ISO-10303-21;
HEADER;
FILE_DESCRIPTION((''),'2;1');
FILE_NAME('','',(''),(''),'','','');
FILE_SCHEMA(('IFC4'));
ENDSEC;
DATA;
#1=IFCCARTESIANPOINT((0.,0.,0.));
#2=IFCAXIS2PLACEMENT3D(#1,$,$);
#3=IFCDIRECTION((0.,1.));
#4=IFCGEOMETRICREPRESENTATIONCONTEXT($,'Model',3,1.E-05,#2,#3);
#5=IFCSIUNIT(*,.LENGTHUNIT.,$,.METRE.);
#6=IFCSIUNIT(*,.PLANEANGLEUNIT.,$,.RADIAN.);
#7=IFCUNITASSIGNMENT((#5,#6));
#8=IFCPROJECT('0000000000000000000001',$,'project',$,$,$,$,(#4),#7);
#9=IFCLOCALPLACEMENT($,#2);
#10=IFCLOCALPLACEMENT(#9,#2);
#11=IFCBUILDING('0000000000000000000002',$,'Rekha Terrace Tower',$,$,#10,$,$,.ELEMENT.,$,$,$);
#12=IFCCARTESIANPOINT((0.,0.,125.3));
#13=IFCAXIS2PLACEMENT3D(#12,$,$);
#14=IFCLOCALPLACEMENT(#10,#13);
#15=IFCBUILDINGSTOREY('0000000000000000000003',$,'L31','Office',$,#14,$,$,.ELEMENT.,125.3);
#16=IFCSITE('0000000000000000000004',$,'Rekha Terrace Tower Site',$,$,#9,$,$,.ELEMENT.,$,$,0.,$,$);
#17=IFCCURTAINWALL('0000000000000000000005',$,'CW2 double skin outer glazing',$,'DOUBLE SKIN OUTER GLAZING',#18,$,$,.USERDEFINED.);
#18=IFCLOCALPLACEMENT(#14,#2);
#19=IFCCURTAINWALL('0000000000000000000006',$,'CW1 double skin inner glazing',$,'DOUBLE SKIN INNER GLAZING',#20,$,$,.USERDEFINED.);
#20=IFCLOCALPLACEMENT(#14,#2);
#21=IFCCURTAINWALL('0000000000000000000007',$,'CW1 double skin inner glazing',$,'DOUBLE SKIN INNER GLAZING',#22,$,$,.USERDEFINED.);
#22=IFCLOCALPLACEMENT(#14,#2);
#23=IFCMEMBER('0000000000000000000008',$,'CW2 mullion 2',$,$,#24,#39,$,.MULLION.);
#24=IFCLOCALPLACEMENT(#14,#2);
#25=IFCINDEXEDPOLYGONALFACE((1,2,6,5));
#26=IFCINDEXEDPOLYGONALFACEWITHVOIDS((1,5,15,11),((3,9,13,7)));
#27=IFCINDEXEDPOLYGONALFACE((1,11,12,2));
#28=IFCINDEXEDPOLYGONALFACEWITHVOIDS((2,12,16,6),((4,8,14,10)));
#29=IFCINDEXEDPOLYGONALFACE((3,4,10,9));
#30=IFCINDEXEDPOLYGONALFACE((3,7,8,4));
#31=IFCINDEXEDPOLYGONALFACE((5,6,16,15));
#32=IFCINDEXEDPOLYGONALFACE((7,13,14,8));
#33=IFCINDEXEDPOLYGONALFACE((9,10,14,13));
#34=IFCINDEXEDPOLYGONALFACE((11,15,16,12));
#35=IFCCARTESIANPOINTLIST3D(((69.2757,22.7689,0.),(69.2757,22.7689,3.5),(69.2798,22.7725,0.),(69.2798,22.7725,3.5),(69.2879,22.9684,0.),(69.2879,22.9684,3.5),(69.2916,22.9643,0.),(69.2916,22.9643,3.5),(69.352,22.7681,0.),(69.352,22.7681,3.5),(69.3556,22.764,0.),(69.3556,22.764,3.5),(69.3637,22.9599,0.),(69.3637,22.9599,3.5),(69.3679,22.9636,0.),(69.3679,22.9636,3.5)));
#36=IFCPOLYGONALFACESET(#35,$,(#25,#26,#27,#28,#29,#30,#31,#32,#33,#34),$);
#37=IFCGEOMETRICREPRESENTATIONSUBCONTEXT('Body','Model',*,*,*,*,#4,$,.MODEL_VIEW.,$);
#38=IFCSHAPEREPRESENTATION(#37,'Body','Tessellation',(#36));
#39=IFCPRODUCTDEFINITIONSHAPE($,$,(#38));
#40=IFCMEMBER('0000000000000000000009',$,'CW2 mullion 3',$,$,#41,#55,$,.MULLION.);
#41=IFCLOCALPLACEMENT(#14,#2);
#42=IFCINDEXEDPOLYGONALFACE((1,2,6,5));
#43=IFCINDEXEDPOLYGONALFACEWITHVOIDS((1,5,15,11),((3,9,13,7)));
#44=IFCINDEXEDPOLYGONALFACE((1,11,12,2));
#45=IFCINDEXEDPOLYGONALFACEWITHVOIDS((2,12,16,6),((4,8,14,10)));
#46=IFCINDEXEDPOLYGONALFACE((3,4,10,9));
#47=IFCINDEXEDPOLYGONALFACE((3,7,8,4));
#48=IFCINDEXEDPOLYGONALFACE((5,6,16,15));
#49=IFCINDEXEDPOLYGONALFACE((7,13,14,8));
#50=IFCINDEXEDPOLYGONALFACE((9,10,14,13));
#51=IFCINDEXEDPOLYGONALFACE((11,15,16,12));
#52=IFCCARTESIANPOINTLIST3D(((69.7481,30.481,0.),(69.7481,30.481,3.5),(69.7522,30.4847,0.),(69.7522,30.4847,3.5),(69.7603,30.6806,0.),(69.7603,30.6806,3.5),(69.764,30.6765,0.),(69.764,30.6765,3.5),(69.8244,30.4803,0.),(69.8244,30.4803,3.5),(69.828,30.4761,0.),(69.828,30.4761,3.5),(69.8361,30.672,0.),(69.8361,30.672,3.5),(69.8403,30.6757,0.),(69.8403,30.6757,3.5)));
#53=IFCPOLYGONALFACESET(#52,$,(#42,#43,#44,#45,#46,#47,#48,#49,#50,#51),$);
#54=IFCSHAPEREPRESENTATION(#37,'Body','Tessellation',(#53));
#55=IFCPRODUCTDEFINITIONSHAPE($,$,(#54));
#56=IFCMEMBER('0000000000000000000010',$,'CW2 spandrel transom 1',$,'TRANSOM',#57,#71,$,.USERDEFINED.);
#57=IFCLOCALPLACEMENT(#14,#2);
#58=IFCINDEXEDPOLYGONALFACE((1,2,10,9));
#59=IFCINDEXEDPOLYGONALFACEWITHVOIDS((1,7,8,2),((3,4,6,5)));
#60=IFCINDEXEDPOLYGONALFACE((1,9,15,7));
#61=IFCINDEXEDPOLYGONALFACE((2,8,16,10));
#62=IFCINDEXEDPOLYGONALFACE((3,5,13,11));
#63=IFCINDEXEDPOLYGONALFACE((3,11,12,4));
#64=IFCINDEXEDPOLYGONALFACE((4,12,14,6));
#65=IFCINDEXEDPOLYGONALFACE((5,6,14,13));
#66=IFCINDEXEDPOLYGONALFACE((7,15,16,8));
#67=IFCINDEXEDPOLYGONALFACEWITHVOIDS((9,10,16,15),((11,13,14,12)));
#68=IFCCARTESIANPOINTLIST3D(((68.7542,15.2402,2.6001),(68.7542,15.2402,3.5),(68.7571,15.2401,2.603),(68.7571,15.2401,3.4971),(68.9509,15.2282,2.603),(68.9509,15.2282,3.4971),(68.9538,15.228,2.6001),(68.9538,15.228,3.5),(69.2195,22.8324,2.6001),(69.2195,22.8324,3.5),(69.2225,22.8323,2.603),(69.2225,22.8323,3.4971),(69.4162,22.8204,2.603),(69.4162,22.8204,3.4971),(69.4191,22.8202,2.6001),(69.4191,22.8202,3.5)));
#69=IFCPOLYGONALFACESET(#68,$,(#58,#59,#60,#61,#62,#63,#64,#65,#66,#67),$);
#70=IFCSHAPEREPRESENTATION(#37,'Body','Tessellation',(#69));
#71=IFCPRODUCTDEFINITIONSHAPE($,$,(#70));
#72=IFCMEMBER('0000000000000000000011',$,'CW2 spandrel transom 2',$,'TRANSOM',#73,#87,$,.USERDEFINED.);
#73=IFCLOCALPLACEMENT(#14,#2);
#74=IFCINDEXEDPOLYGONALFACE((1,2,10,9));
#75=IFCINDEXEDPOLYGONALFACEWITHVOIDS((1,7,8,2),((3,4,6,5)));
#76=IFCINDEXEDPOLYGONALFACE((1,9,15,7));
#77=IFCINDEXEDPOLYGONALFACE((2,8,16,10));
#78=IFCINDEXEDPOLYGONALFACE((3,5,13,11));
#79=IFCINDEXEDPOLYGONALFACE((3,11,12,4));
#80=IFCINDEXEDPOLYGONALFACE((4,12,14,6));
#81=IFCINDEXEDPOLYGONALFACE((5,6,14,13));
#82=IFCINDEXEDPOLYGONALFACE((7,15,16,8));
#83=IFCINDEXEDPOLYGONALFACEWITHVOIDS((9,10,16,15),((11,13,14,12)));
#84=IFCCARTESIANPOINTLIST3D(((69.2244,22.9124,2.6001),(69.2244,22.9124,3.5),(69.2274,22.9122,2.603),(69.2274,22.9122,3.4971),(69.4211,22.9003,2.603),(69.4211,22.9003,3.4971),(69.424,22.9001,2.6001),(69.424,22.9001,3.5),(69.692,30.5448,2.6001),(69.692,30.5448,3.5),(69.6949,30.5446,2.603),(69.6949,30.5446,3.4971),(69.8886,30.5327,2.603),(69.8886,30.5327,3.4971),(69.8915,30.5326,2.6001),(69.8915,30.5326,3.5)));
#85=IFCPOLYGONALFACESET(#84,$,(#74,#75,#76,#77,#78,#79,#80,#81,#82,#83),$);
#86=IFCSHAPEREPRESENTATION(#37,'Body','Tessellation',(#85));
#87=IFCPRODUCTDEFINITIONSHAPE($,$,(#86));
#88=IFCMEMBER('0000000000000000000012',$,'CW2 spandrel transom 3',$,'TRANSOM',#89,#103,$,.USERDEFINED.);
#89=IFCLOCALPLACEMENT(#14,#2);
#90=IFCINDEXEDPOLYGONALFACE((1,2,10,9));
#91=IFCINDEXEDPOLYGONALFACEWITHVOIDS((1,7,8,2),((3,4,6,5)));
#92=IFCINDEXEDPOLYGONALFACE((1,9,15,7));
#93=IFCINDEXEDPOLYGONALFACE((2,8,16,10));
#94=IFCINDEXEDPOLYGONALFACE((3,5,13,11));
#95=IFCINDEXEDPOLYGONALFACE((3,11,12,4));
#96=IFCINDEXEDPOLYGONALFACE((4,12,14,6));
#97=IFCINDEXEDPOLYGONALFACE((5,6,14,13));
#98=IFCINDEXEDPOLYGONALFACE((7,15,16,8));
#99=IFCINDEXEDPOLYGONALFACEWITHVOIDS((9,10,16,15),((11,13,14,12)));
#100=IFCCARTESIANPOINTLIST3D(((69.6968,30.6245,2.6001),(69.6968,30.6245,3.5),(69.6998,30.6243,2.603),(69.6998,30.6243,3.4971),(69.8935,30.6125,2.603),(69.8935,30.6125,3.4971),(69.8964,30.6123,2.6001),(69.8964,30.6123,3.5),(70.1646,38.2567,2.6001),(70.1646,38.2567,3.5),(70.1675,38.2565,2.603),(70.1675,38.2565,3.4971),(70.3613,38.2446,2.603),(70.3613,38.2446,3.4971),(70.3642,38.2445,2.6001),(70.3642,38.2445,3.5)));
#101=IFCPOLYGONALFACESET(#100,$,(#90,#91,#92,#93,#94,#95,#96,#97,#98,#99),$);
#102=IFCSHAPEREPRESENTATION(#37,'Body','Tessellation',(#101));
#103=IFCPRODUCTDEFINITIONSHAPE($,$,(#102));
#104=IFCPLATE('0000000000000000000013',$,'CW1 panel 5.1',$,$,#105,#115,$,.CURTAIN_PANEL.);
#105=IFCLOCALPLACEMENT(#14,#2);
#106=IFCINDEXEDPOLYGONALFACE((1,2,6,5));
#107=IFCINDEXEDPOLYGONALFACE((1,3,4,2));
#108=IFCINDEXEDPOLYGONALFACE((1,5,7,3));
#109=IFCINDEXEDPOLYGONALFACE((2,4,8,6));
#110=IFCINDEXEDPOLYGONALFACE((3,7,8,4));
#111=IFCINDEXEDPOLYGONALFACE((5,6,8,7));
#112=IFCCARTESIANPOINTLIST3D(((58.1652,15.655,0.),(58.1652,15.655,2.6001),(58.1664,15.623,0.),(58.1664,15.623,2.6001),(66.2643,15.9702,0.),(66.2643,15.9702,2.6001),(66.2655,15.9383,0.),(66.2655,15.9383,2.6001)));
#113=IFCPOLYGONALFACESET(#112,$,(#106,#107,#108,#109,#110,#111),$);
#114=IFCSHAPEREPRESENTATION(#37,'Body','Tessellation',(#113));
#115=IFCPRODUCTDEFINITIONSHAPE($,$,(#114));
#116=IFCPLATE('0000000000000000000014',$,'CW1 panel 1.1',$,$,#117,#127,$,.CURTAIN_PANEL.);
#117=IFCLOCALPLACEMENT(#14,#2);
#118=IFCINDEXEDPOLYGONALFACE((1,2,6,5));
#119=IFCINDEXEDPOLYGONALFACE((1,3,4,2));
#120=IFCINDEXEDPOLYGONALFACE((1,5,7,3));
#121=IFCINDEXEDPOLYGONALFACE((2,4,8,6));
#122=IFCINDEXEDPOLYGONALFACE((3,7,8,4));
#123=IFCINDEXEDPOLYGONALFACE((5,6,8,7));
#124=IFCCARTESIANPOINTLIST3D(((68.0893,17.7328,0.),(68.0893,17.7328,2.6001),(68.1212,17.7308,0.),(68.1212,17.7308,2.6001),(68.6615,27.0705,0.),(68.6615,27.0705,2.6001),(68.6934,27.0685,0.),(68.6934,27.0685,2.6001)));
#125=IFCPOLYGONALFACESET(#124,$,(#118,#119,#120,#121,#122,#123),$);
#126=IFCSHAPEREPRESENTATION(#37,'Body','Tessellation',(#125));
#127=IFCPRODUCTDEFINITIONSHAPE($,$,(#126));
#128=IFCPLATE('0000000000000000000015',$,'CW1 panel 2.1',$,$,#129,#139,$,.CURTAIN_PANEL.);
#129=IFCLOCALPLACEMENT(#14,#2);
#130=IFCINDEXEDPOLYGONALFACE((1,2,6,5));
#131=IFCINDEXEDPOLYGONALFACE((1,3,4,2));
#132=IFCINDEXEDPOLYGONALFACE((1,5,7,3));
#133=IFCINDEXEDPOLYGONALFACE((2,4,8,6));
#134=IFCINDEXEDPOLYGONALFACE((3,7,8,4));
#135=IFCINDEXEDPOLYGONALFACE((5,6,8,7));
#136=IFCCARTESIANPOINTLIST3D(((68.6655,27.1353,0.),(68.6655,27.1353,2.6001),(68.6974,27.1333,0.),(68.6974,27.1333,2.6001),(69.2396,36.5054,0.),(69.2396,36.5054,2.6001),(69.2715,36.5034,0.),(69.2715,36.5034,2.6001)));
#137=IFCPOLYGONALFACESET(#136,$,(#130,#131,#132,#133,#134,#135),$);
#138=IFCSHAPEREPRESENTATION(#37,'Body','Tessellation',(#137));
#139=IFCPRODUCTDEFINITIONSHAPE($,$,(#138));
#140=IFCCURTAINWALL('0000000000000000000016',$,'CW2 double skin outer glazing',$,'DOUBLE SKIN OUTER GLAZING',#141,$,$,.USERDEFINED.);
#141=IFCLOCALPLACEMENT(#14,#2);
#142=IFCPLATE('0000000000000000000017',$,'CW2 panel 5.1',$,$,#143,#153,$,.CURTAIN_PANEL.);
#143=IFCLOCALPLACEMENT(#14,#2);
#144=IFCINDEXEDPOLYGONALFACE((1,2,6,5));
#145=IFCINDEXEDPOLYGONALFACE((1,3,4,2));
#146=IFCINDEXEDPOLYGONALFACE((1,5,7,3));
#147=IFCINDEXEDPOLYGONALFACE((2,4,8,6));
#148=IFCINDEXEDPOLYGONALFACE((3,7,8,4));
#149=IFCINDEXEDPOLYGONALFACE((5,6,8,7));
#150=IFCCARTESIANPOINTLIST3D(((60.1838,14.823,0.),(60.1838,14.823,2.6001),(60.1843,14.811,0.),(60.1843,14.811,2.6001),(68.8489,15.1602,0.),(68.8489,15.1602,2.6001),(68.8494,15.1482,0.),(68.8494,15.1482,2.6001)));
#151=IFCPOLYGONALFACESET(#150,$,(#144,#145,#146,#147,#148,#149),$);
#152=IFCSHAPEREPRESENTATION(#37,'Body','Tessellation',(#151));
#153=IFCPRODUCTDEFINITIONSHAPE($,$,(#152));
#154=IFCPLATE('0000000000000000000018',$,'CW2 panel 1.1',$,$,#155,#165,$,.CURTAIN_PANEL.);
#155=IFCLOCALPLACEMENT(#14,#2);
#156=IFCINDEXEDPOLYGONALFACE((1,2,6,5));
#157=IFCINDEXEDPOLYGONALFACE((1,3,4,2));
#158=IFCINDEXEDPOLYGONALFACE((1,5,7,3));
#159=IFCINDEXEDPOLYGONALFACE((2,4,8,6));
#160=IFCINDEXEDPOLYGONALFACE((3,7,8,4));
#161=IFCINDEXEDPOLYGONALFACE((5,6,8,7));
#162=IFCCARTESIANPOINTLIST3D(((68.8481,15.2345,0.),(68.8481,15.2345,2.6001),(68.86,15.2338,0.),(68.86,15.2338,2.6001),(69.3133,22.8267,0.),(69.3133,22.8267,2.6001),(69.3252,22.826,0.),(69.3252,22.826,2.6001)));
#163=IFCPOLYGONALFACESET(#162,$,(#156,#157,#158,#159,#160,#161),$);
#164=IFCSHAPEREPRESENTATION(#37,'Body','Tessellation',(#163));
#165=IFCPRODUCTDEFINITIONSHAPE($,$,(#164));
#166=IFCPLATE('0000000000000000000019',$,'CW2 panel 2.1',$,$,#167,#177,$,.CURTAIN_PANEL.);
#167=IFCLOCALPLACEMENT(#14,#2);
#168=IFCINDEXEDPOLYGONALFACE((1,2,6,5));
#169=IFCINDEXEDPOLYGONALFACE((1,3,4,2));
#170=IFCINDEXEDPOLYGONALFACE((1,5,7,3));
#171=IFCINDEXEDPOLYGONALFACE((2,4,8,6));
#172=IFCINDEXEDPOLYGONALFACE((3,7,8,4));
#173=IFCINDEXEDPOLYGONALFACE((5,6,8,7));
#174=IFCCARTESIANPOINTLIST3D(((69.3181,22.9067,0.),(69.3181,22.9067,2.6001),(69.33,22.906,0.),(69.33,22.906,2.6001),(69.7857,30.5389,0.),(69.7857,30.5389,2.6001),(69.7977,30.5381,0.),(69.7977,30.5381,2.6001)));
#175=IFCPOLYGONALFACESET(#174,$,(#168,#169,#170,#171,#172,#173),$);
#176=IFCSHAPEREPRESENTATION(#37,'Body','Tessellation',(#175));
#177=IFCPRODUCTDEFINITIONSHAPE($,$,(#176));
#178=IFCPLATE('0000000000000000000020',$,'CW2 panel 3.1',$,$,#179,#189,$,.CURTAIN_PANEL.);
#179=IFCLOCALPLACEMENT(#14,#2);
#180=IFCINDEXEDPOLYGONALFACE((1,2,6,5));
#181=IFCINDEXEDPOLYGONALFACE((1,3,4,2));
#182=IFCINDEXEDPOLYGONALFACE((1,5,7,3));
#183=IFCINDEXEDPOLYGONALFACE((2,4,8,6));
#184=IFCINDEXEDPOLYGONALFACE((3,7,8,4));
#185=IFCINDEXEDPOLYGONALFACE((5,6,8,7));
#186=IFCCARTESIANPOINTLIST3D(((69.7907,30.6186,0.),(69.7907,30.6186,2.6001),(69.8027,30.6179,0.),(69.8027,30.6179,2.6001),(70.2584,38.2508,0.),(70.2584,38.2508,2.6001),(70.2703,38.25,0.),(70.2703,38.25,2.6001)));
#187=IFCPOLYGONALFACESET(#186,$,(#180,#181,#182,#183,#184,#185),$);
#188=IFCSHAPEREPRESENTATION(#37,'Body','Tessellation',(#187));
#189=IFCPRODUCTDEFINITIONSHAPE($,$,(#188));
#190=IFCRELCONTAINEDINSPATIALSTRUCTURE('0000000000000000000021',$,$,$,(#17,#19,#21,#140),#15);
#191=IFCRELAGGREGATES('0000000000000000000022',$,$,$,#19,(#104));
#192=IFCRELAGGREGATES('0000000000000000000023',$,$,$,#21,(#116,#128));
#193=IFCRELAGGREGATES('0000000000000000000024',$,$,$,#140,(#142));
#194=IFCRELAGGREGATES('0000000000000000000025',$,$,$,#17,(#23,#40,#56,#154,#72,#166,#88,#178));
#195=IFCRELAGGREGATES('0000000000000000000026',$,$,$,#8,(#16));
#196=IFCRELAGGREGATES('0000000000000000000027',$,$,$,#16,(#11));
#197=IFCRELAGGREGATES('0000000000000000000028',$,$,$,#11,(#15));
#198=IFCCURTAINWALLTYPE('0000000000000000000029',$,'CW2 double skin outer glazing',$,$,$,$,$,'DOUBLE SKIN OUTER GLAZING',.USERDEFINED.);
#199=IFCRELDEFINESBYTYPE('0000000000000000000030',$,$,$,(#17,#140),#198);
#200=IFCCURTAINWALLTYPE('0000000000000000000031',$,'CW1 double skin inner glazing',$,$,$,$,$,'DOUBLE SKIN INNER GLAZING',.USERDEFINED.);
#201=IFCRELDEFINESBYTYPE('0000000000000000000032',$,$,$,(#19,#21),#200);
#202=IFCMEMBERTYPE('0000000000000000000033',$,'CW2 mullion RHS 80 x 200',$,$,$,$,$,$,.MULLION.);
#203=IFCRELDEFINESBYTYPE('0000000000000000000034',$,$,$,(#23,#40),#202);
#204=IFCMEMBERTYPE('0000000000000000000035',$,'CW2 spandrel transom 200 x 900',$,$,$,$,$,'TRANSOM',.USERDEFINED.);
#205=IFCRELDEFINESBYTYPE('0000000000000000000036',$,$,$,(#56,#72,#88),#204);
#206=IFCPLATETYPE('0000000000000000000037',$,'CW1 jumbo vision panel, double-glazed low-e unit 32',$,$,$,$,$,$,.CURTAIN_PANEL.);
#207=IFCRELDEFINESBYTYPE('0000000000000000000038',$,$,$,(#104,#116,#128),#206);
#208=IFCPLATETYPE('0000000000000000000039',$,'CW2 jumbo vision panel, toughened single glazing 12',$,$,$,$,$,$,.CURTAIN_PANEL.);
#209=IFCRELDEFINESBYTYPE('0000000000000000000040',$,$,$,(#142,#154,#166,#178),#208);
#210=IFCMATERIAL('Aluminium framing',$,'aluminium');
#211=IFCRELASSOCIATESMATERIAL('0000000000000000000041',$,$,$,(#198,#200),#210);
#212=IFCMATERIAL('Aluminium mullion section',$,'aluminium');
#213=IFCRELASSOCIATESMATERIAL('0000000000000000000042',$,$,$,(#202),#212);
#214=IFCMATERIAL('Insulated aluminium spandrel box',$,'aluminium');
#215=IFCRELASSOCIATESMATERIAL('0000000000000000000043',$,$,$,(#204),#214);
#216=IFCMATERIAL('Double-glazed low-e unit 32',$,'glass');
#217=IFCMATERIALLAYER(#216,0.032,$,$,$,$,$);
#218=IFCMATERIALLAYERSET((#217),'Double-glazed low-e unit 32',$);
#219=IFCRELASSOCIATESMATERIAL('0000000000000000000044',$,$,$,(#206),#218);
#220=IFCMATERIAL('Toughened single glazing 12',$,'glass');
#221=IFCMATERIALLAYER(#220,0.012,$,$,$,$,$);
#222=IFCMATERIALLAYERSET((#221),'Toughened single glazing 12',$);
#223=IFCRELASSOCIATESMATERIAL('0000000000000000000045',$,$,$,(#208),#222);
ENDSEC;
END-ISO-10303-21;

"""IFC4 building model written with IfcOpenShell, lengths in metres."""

from ifc_helpers import new_model, si_unit, direction, frame, origin, origin_2d, place, context, subcontext, project, spatial, rectangle, hollow_rectangle, extrude, material, layer, layer_set, material_profile, profile_set, type_object, element, aggregate, save


model = new_model("IFC4")

# Units and contexts
model_context = context("Model", 3, precision=1e-05, world=origin(), true_north=direction((0.0, 1.0)))
body_context = subcontext(model_context, "Body", "Model", "MODEL_VIEW")
ifc_project = project(units=[si_unit("LENGTHUNIT", "METRE"), si_unit("PLANEANGLEUNIT", "RADIAN")], contexts=[model_context])

# Site, building, storey
site_placement = place(None, origin())
site = spatial("IfcSite", under=ifc_project, at=site_placement, Name="Rekha Terrace Tower Site", CompositionType="ELEMENT", RefElevation=0.0)
building_placement = place(site_placement, origin())
building = spatial("IfcBuilding", under=site, at=building_placement, Name="Rekha Terrace Tower", CompositionType="ELEMENT")
storey_placement = place(building_placement, frame((0.0, 0.0, 125.3)))
storey = spatial("IfcBuildingStorey", under=building, at=storey_placement, Name="L31", Description="Office", CompositionType="ELEMENT", Elevation=125.3)

# Curtain wall
ifc_material_1 = material(Name="Aluminium framing", Category="aluminium")
curtain_wall_type_1 = type_object("IfcCurtainWallType", Name="CW2 double skin outer glazing", ElementType="DOUBLE SKIN OUTER GLAZING", PredefinedType="USERDEFINED", material=ifc_material_1)
curtain_wall_1_placement = place(storey_placement, origin())
curtain_wall_1 = element("IfcCurtainWall", 1, at=curtain_wall_1_placement, inside=storey, type_object=curtain_wall_type_1, Name="CW2 double skin outer glazing", ObjectType="DOUBLE SKIN OUTER GLAZING", PredefinedType="USERDEFINED")

# Curtain wall
curtain_wall_type_2 = type_object("IfcCurtainWallType", Name="CW1 double skin inner glazing", ElementType="DOUBLE SKIN INNER GLAZING", PredefinedType="USERDEFINED", material=ifc_material_1)
curtain_wall_2_placement = place(storey_placement, origin())
curtain_wall_2 = element("IfcCurtainWall", 2, at=curtain_wall_2_placement, inside=storey, type_object=curtain_wall_type_2, Name="CW1 double skin inner glazing", ObjectType="DOUBLE SKIN INNER GLAZING", PredefinedType="USERDEFINED")
ifc_material_2 = material(Name="Aluminium mullion section", Category="aluminium")

# Curtain wall
curtain_wall_3_placement = place(storey_placement, origin())
curtain_wall_3 = element("IfcCurtainWall", 3, at=curtain_wall_3_placement, inside=storey, type_object=curtain_wall_type_2, Name="CW1 double skin inner glazing", ObjectType="DOUBLE SKIN INNER GLAZING", PredefinedType="USERDEFINED")
ifc_material_3 = material(Name="Insulated aluminium spandrel box", Category="aluminium")

# Members
ifc_material_profile_1 = material_profile(ifc_material_2, hollow_rectangle(XDim=0.0801, YDim=0.2, WallThickness=0.0039, at=origin_2d()), Name="AL RHS 80x200")
ifc_profile_set_1 = profile_set([ifc_material_profile_1], Name="Aluminium mullion section")
member_type_1 = type_object("IfcMemberType", Name="CW2 mullion RHS 80 x 200", PredefinedType="MULLION", material=ifc_profile_set_1)
member_1_placement = place(storey_placement, frame((69.3218, 22.8662, 0.0), z_axis=(0.0, 0.0, 1.0), x_axis=(-0.998128, 0.06116, 0.0)))
member_1 = element("IfcMember", 4, at=member_1_placement, type_object=member_type_1, Name="CW2 mullion 2", PredefinedType="MULLION", context=body_context, shape_type="SweptSolid", body=[
    extrude(hollow_rectangle(XDim=0.0801, YDim=0.2, WallThickness=0.0039, at=origin_2d()), origin(), (0.0, 0.0, 1.0), 3.5),
])
member_2_placement = place(storey_placement, frame((69.7942, 30.5784, 0.0), z_axis=(0.0, 0.0, 1.0), x_axis=(-0.998128, 0.06116, 0.0)))
member_2 = element("IfcMember", 5, at=member_2_placement, type_object=member_type_1, Name="CW2 mullion 3", PredefinedType="MULLION", context=body_context, shape_type="SweptSolid", body=[
    extrude(hollow_rectangle(XDim=0.0801, YDim=0.2, WallThickness=0.0039, at=origin_2d()), origin(), (0.0, 0.0, 1.0), 3.5),
])
ifc_material_profile_2 = material_profile(ifc_material_3, hollow_rectangle(XDim=0.2, YDim=0.8999, WallThickness=0.0029, at=origin_2d()), Name="AL SPANDREL BOX 200x900")
ifc_profile_set_2 = profile_set([ifc_material_profile_2], Name="Insulated aluminium spandrel box")
member_type_2 = type_object("IfcMemberType", Name="CW2 spandrel transom 200 x 900", ElementType="TRANSOM", PredefinedType="USERDEFINED", material=ifc_profile_set_2)
member_3_placement = place(storey_placement, frame((68.854, 15.2341, 3.05), z_axis=(0.061175, 0.998127, 0.0), x_axis=(-0.998127, 0.061175, 0.0)))
member_3 = element("IfcMember", 6, at=member_3_placement, type_object=member_type_2, Name="CW2 spandrel transom 1", ObjectType="TRANSOM", PredefinedType="USERDEFINED", context=body_context, shape_type="SweptSolid", body=[
    extrude(hollow_rectangle(XDim=0.2, YDim=0.8999, WallThickness=0.0029, at=origin_2d()), origin(), (0.0, 0.0, 1.0), 7.6064),
])
member_4_placement = place(storey_placement, frame((69.3242, 22.9062, 3.05), z_axis=(0.061142, 0.998129, 0.0), x_axis=(-0.998129, 0.061142, 0.0)))
member_4 = element("IfcMember", 7, at=member_4_placement, type_object=member_type_2, Name="CW2 spandrel transom 2", ObjectType="TRANSOM", PredefinedType="USERDEFINED", context=body_context, shape_type="SweptSolid", body=[
    extrude(hollow_rectangle(XDim=0.2, YDim=0.8999, WallThickness=0.0029, at=origin_2d()), origin(), (0.0, 0.0, 1.0), 7.6467),
])
member_5_placement = place(storey_placement, frame((69.7966, 30.6184, 3.05), z_axis=(0.061176, 0.998127, 0.0), x_axis=(-0.998127, 0.061176, 0.0)))
member_5 = element("IfcMember", 8, at=member_5_placement, type_object=member_type_2, Name="CW2 spandrel transom 3", ObjectType="TRANSOM", PredefinedType="USERDEFINED", context=body_context, shape_type="SweptSolid", body=[
    extrude(hollow_rectangle(XDim=0.2, YDim=0.8999, WallThickness=0.0029, at=origin_2d()), origin(), (0.0, 0.0, 1.0), 7.6465),
])

# Plates
ifc_material_4 = material(Name="Double-glazed low-e unit 32", Category="glass")
ifc_layer_1 = layer(ifc_material_4, 0.032)
ifc_layer_set_1 = layer_set([ifc_layer_1], Name="Double-glazed low-e unit 32")
plate_type_1 = type_object("IfcPlateType", Name="CW1 jumbo vision panel, double-glazed low-e unit 32", PredefinedType="CURTAIN_PANEL", material=ifc_layer_set_1)
plate_1_placement = place(storey_placement, frame((62.2153, 15.7966, 0.0), z_axis=(0.0, 0.0, 1.0), x_axis=(0.999243, 0.03889, 0.0)))
plate_1 = element("IfcPlate", 9, at=plate_1_placement, type_object=plate_type_1, Name="CW1 panel 5.1", PredefinedType="CURTAIN_PANEL", context=body_context, shape_type="SweptSolid", body=[
    extrude(rectangle(XDim=8.1052, YDim=0.032, at=origin_2d()), origin(), (0.0, 0.0, 1.0), 2.6001),
])
aggregate(curtain_wall_2, [plate_1])
plate_2_placement = place(storey_placement, frame((68.3914, 22.4006, 0.0), z_axis=(0.0, 0.0, 1.0), x_axis=(0.06116, 0.998128, 0.0)))
plate_2 = element("IfcPlate", 10, at=plate_2_placement, type_object=plate_type_1, Name="CW1 panel 1.1", PredefinedType="CURTAIN_PANEL", context=body_context, shape_type="SweptSolid", body=[
    extrude(rectangle(XDim=9.3552, YDim=0.032, at=origin_2d()), origin(), (0.0, 0.0, 1.0), 2.6001),
])
plate_3_placement = place(storey_placement, frame((68.9685, 31.8193, 0.0), z_axis=(0.0, 0.0, 1.0), x_axis=(0.06116, 0.998128, 0.0)))
plate_3 = element("IfcPlate", 11, at=plate_3_placement, type_object=plate_type_1, Name="CW1 panel 2.1", PredefinedType="CURTAIN_PANEL", context=body_context, shape_type="SweptSolid", body=[
    extrude(rectangle(XDim=9.3877, YDim=0.032, at=origin_2d()), origin(), (0.0, 0.0, 1.0), 2.6001),
])
aggregate(curtain_wall_3, [plate_2, plate_3])

# Curtain wall, plate
curtain_wall_4_placement = place(storey_placement, origin())
curtain_wall_4 = element("IfcCurtainWall", 12, at=curtain_wall_4_placement, inside=storey, type_object=curtain_wall_type_1, Name="CW2 double skin outer glazing", ObjectType="DOUBLE SKIN OUTER GLAZING", PredefinedType="USERDEFINED")
ifc_material_5 = material(Name="Toughened single glazing 12", Category="glass")
ifc_layer_2 = layer(ifc_material_5, 0.012)
ifc_layer_set_2 = layer_set([ifc_layer_2], Name="Toughened single glazing 12")
plate_type_2 = type_object("IfcPlateType", Name="CW2 jumbo vision panel, toughened single glazing 12", PredefinedType="CURTAIN_PANEL", material=ifc_layer_set_2)
plate_4_placement = place(storey_placement, frame((64.5166, 14.9856, 0.0), z_axis=(0.0, 0.0, 1.0), x_axis=(0.999243, 0.03889, 0.0)))
plate_4 = element("IfcPlate", 13, at=plate_4_placement, type_object=plate_type_2, Name="CW2 panel 5.1", PredefinedType="CURTAIN_PANEL", context=body_context, shape_type="SweptSolid", body=[
    extrude(rectangle(XDim=8.6716, YDim=0.012, at=origin_2d()), origin(), (0.0, 0.0, 1.0), 2.6001),
])
aggregate(curtain_wall_4, [plate_4])

# Plates
plate_5_placement = place(storey_placement, frame((69.0867, 19.0303, 0.0), z_axis=(0.0, 0.0, 1.0), x_axis=(0.06116, 0.998128, 0.0)))
plate_5 = element("IfcPlate", 14, at=plate_5_placement, type_object=plate_type_2, Name="CW2 panel 1.1", PredefinedType="CURTAIN_PANEL", context=body_context, shape_type="SweptSolid", body=[
    extrude(rectangle(XDim=7.6064, YDim=0.012, at=origin_2d()), origin(), (0.0, 0.0, 1.0), 2.6001),
])
plate_6_placement = place(storey_placement, frame((69.5579, 26.7224, 0.0), z_axis=(0.0, 0.0, 1.0), x_axis=(0.06116, 0.998128, 0.0)))
plate_6 = element("IfcPlate", 15, at=plate_6_placement, type_object=plate_type_2, Name="CW2 panel 2.1", PredefinedType="CURTAIN_PANEL", context=body_context, shape_type="SweptSolid", body=[
    extrude(rectangle(XDim=7.6465, YDim=0.012, at=origin_2d()), origin(), (0.0, 0.0, 1.0), 2.6001),
])
plate_7_placement = place(storey_placement, frame((70.0305, 34.4343, 0.0), z_axis=(0.0, 0.0, 1.0), x_axis=(0.06116, 0.998128, 0.0)))
plate_7 = element("IfcPlate", 16, at=plate_7_placement, type_object=plate_type_2, Name="CW2 panel 3.1", PredefinedType="CURTAIN_PANEL", context=body_context, shape_type="SweptSolid", body=[
    extrude(rectangle(XDim=7.6465, YDim=0.012, at=origin_2d()), origin(), (0.0, 0.0, 1.0), 2.6001),
])
aggregate(curtain_wall_1, [member_1, member_2, member_3, plate_5, member_4, plate_6, member_5, plate_7])

save(model, "model.ifc")
